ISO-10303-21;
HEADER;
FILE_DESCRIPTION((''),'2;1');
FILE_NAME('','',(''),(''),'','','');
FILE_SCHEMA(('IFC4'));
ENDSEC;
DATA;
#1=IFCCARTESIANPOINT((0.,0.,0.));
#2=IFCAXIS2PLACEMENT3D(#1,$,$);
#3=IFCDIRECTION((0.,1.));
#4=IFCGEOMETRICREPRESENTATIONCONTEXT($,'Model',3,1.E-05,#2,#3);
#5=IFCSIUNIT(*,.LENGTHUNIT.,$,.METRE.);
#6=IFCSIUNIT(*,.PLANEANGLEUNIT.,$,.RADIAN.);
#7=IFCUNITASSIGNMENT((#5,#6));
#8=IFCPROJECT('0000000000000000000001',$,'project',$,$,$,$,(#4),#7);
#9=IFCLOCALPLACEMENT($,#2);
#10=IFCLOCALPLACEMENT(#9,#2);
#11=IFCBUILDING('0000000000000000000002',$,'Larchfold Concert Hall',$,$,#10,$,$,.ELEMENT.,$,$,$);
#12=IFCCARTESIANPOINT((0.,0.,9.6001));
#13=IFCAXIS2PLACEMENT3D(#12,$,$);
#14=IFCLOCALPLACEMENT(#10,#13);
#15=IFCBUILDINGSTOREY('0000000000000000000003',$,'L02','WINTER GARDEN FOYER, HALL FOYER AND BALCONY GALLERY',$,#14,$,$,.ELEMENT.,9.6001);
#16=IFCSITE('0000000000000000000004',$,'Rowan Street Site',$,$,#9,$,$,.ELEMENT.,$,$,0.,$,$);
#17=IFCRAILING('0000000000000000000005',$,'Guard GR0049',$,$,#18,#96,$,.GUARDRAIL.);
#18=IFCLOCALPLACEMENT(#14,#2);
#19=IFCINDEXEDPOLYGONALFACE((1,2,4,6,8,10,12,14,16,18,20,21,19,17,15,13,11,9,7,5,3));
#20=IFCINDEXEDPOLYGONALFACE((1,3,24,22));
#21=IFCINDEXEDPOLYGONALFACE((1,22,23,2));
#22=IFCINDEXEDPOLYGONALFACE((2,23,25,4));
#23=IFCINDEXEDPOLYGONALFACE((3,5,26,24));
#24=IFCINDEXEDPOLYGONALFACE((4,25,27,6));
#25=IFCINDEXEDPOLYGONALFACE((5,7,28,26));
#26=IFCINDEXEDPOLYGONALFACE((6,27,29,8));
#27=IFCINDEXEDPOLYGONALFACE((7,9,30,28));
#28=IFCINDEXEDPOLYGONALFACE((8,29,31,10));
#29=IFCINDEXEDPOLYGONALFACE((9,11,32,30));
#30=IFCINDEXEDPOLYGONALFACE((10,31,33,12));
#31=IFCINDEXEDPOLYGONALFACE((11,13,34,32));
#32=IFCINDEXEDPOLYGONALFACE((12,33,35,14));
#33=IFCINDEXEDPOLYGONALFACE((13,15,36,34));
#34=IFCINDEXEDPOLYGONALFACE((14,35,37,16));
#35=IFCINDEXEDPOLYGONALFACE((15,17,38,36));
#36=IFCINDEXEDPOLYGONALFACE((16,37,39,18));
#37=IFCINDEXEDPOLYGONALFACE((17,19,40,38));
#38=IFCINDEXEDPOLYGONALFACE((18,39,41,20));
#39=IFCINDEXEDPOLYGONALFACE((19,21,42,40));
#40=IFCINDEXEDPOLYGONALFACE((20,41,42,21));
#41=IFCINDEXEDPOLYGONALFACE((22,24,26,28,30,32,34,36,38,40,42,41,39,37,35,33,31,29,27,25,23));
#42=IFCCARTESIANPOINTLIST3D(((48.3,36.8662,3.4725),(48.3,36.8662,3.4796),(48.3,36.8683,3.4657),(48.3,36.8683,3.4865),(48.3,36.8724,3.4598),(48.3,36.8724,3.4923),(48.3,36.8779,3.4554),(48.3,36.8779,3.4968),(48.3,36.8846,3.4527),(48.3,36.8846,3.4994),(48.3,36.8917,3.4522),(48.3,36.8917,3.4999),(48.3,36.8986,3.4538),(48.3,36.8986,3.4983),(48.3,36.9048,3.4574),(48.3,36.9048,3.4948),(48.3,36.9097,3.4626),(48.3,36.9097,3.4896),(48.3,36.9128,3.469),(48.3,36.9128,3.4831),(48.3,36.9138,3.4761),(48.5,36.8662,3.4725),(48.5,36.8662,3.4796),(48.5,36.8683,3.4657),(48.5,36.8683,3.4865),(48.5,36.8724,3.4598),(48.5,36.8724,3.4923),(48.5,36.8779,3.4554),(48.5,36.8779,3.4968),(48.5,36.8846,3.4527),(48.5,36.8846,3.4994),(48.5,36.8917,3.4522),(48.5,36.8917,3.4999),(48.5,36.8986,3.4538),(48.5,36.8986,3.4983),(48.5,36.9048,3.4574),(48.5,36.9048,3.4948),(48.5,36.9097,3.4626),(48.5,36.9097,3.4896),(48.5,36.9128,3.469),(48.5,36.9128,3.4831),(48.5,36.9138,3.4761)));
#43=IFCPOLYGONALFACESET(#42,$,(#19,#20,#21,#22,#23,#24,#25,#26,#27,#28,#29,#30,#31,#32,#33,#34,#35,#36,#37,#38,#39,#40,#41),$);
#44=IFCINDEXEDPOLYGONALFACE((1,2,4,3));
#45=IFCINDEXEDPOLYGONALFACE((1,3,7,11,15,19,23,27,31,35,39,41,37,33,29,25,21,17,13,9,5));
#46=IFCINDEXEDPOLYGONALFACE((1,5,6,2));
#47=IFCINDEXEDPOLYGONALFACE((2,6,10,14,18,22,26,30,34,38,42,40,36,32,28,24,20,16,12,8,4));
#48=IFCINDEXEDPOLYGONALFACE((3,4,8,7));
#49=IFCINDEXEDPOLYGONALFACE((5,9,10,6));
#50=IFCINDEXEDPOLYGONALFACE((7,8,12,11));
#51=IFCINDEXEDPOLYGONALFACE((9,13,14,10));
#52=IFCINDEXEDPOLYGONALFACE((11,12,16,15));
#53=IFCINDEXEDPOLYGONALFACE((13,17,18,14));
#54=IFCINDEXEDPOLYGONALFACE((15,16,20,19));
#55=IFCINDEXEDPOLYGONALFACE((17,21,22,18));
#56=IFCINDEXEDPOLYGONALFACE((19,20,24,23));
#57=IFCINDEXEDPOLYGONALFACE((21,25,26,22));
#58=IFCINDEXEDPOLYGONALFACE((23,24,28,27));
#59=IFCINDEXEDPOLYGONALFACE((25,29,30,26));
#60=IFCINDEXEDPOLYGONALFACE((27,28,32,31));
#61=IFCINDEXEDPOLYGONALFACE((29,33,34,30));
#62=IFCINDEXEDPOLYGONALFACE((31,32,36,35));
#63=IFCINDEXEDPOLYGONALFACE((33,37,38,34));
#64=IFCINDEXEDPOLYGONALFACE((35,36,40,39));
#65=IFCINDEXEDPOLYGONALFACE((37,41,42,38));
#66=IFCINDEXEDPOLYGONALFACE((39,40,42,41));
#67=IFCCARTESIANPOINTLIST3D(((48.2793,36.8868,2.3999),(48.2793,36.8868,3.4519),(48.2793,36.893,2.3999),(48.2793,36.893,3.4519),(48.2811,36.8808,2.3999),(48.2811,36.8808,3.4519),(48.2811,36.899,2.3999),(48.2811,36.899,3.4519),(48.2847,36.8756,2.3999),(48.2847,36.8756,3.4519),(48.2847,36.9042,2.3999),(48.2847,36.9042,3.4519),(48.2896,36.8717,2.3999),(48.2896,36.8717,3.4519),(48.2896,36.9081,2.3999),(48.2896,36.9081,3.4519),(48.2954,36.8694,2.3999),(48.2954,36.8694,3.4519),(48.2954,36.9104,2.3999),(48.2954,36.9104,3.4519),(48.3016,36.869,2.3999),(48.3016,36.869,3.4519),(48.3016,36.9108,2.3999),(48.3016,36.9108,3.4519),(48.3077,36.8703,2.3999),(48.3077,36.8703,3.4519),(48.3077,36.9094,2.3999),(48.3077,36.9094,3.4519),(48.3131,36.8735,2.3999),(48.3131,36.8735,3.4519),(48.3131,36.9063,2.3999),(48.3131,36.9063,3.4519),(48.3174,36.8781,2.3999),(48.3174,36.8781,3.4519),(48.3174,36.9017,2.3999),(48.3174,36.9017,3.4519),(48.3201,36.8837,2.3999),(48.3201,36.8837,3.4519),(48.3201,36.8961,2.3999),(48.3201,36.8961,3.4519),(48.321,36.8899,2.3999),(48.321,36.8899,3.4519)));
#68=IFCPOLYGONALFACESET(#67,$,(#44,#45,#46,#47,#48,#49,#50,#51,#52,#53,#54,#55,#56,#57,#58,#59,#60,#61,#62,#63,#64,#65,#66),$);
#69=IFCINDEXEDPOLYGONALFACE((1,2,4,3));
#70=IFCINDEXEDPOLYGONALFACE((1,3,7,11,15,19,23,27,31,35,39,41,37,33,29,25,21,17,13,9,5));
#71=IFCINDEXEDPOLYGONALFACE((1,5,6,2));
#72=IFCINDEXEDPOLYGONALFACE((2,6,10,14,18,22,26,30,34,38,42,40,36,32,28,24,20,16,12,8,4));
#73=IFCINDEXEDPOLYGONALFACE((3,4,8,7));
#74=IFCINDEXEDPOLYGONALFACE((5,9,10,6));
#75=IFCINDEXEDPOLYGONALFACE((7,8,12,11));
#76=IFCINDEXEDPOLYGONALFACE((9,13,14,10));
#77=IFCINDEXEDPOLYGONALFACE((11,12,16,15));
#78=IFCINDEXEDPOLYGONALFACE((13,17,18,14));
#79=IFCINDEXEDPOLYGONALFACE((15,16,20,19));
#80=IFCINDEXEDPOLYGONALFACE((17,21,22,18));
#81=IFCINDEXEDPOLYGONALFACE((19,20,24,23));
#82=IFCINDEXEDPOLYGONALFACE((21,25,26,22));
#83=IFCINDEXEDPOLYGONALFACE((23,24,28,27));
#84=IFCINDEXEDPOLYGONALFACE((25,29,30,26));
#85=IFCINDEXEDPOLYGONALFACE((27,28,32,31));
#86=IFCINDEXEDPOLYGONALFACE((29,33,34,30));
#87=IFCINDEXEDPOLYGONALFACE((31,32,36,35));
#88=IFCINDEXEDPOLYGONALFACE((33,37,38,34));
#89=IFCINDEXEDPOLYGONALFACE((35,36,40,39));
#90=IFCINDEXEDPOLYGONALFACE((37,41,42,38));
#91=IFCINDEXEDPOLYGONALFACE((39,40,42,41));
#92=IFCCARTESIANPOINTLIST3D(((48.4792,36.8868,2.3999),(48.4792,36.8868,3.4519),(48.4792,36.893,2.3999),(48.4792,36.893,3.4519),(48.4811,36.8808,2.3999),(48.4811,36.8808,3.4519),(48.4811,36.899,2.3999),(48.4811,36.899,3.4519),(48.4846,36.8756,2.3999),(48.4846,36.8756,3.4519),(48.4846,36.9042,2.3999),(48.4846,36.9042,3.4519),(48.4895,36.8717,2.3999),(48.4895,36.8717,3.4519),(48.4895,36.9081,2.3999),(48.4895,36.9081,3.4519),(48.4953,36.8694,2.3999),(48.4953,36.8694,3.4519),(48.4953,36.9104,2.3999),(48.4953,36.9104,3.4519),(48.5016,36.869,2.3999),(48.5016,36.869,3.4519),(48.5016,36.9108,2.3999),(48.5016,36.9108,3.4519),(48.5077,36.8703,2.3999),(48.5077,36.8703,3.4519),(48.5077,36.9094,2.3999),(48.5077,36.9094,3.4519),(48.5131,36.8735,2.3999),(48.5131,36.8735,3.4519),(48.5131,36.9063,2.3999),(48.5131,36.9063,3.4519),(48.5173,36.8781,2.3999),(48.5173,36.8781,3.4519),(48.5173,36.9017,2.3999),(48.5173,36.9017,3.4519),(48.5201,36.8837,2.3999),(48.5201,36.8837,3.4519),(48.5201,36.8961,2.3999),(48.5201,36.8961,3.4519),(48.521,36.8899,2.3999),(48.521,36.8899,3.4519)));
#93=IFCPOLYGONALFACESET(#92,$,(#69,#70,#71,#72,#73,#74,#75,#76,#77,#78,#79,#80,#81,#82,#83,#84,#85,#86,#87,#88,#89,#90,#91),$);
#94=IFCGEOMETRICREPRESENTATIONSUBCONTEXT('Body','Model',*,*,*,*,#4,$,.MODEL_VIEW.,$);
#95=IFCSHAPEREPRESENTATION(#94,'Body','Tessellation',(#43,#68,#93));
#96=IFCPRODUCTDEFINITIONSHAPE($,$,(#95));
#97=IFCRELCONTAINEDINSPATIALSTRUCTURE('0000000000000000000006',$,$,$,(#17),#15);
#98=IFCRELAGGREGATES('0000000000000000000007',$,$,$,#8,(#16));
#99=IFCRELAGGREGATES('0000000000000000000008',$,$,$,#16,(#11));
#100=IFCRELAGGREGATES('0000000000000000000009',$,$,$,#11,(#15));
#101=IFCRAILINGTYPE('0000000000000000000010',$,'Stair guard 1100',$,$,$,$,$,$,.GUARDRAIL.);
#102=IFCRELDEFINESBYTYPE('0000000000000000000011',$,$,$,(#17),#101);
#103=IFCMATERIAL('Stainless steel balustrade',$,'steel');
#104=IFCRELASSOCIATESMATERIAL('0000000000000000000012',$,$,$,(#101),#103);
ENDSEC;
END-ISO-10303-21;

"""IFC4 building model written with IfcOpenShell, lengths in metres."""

from ifc_helpers import new_model, si_unit, direction, frame, origin, origin_2d, place, context, subcontext, project, spatial, circle, extrude, material, type_object, element, save


model = new_model("IFC4")

# Units and contexts
model_context = context("Model", 3, precision=1e-05, world=origin(), true_north=direction((0.0, 1.0)))
body_context = subcontext(model_context, "Body", "Model", "MODEL_VIEW")
ifc_project = project(units=[si_unit("LENGTHUNIT", "METRE"), si_unit("PLANEANGLEUNIT", "RADIAN")], contexts=[model_context])

# Site, building, storey
site_placement = place(None, origin())
site = spatial("IfcSite", under=ifc_project, at=site_placement, Name="Rowan Street Site", CompositionType="ELEMENT", RefElevation=0.0)
building_placement = place(site_placement, origin())
building = spatial("IfcBuilding", under=site, at=building_placement, Name="Larchfold Concert Hall", CompositionType="ELEMENT")
storey_placement = place(building_placement, frame((0.0, 0.0, 9.6001)))
storey = spatial("IfcBuildingStorey", under=building, at=storey_placement, Name="L02", Description="WINTER GARDEN FOYER, HALL FOYER AND BALCONY GALLERY", CompositionType="ELEMENT", Elevation=9.6001)

# Railing
ifc_material_1 = material(Name="Stainless steel balustrade", Category="steel")
railing_type_1 = type_object("IfcRailingType", Name="Stair guard 1100", PredefinedType="GUARDRAIL", material=ifc_material_1)
railing_1_placement = place(storey_placement, frame((48.3, 36.8899, 2.3999)))
element("IfcRailing", 1, at=railing_1_placement, inside=storey, type_object=railing_type_1, Name="Guard GR0049", PredefinedType="GUARDRAIL", context=body_context, shape_type="SweptSolid", body=[
    extrude(circle(Radius=0.0239, at=origin_2d()), frame((0.0, 0.0, 1.0762), z_axis=(1.0, 0.0, 0.0), x_axis=(0.0, 1.0, 0.0)), (0.0, 0.0, 1.0), 0.2),
    extrude(circle(Radius=0.021, at=origin_2d()), origin(), (0.0, 0.0, 1.0), 1.052),
    extrude(circle(Radius=0.021, at=origin_2d()), frame((0.2, 0.0, 0.0)), (0.0, 0.0, 1.0), 1.052),
])

save(model, "model.ifc")
